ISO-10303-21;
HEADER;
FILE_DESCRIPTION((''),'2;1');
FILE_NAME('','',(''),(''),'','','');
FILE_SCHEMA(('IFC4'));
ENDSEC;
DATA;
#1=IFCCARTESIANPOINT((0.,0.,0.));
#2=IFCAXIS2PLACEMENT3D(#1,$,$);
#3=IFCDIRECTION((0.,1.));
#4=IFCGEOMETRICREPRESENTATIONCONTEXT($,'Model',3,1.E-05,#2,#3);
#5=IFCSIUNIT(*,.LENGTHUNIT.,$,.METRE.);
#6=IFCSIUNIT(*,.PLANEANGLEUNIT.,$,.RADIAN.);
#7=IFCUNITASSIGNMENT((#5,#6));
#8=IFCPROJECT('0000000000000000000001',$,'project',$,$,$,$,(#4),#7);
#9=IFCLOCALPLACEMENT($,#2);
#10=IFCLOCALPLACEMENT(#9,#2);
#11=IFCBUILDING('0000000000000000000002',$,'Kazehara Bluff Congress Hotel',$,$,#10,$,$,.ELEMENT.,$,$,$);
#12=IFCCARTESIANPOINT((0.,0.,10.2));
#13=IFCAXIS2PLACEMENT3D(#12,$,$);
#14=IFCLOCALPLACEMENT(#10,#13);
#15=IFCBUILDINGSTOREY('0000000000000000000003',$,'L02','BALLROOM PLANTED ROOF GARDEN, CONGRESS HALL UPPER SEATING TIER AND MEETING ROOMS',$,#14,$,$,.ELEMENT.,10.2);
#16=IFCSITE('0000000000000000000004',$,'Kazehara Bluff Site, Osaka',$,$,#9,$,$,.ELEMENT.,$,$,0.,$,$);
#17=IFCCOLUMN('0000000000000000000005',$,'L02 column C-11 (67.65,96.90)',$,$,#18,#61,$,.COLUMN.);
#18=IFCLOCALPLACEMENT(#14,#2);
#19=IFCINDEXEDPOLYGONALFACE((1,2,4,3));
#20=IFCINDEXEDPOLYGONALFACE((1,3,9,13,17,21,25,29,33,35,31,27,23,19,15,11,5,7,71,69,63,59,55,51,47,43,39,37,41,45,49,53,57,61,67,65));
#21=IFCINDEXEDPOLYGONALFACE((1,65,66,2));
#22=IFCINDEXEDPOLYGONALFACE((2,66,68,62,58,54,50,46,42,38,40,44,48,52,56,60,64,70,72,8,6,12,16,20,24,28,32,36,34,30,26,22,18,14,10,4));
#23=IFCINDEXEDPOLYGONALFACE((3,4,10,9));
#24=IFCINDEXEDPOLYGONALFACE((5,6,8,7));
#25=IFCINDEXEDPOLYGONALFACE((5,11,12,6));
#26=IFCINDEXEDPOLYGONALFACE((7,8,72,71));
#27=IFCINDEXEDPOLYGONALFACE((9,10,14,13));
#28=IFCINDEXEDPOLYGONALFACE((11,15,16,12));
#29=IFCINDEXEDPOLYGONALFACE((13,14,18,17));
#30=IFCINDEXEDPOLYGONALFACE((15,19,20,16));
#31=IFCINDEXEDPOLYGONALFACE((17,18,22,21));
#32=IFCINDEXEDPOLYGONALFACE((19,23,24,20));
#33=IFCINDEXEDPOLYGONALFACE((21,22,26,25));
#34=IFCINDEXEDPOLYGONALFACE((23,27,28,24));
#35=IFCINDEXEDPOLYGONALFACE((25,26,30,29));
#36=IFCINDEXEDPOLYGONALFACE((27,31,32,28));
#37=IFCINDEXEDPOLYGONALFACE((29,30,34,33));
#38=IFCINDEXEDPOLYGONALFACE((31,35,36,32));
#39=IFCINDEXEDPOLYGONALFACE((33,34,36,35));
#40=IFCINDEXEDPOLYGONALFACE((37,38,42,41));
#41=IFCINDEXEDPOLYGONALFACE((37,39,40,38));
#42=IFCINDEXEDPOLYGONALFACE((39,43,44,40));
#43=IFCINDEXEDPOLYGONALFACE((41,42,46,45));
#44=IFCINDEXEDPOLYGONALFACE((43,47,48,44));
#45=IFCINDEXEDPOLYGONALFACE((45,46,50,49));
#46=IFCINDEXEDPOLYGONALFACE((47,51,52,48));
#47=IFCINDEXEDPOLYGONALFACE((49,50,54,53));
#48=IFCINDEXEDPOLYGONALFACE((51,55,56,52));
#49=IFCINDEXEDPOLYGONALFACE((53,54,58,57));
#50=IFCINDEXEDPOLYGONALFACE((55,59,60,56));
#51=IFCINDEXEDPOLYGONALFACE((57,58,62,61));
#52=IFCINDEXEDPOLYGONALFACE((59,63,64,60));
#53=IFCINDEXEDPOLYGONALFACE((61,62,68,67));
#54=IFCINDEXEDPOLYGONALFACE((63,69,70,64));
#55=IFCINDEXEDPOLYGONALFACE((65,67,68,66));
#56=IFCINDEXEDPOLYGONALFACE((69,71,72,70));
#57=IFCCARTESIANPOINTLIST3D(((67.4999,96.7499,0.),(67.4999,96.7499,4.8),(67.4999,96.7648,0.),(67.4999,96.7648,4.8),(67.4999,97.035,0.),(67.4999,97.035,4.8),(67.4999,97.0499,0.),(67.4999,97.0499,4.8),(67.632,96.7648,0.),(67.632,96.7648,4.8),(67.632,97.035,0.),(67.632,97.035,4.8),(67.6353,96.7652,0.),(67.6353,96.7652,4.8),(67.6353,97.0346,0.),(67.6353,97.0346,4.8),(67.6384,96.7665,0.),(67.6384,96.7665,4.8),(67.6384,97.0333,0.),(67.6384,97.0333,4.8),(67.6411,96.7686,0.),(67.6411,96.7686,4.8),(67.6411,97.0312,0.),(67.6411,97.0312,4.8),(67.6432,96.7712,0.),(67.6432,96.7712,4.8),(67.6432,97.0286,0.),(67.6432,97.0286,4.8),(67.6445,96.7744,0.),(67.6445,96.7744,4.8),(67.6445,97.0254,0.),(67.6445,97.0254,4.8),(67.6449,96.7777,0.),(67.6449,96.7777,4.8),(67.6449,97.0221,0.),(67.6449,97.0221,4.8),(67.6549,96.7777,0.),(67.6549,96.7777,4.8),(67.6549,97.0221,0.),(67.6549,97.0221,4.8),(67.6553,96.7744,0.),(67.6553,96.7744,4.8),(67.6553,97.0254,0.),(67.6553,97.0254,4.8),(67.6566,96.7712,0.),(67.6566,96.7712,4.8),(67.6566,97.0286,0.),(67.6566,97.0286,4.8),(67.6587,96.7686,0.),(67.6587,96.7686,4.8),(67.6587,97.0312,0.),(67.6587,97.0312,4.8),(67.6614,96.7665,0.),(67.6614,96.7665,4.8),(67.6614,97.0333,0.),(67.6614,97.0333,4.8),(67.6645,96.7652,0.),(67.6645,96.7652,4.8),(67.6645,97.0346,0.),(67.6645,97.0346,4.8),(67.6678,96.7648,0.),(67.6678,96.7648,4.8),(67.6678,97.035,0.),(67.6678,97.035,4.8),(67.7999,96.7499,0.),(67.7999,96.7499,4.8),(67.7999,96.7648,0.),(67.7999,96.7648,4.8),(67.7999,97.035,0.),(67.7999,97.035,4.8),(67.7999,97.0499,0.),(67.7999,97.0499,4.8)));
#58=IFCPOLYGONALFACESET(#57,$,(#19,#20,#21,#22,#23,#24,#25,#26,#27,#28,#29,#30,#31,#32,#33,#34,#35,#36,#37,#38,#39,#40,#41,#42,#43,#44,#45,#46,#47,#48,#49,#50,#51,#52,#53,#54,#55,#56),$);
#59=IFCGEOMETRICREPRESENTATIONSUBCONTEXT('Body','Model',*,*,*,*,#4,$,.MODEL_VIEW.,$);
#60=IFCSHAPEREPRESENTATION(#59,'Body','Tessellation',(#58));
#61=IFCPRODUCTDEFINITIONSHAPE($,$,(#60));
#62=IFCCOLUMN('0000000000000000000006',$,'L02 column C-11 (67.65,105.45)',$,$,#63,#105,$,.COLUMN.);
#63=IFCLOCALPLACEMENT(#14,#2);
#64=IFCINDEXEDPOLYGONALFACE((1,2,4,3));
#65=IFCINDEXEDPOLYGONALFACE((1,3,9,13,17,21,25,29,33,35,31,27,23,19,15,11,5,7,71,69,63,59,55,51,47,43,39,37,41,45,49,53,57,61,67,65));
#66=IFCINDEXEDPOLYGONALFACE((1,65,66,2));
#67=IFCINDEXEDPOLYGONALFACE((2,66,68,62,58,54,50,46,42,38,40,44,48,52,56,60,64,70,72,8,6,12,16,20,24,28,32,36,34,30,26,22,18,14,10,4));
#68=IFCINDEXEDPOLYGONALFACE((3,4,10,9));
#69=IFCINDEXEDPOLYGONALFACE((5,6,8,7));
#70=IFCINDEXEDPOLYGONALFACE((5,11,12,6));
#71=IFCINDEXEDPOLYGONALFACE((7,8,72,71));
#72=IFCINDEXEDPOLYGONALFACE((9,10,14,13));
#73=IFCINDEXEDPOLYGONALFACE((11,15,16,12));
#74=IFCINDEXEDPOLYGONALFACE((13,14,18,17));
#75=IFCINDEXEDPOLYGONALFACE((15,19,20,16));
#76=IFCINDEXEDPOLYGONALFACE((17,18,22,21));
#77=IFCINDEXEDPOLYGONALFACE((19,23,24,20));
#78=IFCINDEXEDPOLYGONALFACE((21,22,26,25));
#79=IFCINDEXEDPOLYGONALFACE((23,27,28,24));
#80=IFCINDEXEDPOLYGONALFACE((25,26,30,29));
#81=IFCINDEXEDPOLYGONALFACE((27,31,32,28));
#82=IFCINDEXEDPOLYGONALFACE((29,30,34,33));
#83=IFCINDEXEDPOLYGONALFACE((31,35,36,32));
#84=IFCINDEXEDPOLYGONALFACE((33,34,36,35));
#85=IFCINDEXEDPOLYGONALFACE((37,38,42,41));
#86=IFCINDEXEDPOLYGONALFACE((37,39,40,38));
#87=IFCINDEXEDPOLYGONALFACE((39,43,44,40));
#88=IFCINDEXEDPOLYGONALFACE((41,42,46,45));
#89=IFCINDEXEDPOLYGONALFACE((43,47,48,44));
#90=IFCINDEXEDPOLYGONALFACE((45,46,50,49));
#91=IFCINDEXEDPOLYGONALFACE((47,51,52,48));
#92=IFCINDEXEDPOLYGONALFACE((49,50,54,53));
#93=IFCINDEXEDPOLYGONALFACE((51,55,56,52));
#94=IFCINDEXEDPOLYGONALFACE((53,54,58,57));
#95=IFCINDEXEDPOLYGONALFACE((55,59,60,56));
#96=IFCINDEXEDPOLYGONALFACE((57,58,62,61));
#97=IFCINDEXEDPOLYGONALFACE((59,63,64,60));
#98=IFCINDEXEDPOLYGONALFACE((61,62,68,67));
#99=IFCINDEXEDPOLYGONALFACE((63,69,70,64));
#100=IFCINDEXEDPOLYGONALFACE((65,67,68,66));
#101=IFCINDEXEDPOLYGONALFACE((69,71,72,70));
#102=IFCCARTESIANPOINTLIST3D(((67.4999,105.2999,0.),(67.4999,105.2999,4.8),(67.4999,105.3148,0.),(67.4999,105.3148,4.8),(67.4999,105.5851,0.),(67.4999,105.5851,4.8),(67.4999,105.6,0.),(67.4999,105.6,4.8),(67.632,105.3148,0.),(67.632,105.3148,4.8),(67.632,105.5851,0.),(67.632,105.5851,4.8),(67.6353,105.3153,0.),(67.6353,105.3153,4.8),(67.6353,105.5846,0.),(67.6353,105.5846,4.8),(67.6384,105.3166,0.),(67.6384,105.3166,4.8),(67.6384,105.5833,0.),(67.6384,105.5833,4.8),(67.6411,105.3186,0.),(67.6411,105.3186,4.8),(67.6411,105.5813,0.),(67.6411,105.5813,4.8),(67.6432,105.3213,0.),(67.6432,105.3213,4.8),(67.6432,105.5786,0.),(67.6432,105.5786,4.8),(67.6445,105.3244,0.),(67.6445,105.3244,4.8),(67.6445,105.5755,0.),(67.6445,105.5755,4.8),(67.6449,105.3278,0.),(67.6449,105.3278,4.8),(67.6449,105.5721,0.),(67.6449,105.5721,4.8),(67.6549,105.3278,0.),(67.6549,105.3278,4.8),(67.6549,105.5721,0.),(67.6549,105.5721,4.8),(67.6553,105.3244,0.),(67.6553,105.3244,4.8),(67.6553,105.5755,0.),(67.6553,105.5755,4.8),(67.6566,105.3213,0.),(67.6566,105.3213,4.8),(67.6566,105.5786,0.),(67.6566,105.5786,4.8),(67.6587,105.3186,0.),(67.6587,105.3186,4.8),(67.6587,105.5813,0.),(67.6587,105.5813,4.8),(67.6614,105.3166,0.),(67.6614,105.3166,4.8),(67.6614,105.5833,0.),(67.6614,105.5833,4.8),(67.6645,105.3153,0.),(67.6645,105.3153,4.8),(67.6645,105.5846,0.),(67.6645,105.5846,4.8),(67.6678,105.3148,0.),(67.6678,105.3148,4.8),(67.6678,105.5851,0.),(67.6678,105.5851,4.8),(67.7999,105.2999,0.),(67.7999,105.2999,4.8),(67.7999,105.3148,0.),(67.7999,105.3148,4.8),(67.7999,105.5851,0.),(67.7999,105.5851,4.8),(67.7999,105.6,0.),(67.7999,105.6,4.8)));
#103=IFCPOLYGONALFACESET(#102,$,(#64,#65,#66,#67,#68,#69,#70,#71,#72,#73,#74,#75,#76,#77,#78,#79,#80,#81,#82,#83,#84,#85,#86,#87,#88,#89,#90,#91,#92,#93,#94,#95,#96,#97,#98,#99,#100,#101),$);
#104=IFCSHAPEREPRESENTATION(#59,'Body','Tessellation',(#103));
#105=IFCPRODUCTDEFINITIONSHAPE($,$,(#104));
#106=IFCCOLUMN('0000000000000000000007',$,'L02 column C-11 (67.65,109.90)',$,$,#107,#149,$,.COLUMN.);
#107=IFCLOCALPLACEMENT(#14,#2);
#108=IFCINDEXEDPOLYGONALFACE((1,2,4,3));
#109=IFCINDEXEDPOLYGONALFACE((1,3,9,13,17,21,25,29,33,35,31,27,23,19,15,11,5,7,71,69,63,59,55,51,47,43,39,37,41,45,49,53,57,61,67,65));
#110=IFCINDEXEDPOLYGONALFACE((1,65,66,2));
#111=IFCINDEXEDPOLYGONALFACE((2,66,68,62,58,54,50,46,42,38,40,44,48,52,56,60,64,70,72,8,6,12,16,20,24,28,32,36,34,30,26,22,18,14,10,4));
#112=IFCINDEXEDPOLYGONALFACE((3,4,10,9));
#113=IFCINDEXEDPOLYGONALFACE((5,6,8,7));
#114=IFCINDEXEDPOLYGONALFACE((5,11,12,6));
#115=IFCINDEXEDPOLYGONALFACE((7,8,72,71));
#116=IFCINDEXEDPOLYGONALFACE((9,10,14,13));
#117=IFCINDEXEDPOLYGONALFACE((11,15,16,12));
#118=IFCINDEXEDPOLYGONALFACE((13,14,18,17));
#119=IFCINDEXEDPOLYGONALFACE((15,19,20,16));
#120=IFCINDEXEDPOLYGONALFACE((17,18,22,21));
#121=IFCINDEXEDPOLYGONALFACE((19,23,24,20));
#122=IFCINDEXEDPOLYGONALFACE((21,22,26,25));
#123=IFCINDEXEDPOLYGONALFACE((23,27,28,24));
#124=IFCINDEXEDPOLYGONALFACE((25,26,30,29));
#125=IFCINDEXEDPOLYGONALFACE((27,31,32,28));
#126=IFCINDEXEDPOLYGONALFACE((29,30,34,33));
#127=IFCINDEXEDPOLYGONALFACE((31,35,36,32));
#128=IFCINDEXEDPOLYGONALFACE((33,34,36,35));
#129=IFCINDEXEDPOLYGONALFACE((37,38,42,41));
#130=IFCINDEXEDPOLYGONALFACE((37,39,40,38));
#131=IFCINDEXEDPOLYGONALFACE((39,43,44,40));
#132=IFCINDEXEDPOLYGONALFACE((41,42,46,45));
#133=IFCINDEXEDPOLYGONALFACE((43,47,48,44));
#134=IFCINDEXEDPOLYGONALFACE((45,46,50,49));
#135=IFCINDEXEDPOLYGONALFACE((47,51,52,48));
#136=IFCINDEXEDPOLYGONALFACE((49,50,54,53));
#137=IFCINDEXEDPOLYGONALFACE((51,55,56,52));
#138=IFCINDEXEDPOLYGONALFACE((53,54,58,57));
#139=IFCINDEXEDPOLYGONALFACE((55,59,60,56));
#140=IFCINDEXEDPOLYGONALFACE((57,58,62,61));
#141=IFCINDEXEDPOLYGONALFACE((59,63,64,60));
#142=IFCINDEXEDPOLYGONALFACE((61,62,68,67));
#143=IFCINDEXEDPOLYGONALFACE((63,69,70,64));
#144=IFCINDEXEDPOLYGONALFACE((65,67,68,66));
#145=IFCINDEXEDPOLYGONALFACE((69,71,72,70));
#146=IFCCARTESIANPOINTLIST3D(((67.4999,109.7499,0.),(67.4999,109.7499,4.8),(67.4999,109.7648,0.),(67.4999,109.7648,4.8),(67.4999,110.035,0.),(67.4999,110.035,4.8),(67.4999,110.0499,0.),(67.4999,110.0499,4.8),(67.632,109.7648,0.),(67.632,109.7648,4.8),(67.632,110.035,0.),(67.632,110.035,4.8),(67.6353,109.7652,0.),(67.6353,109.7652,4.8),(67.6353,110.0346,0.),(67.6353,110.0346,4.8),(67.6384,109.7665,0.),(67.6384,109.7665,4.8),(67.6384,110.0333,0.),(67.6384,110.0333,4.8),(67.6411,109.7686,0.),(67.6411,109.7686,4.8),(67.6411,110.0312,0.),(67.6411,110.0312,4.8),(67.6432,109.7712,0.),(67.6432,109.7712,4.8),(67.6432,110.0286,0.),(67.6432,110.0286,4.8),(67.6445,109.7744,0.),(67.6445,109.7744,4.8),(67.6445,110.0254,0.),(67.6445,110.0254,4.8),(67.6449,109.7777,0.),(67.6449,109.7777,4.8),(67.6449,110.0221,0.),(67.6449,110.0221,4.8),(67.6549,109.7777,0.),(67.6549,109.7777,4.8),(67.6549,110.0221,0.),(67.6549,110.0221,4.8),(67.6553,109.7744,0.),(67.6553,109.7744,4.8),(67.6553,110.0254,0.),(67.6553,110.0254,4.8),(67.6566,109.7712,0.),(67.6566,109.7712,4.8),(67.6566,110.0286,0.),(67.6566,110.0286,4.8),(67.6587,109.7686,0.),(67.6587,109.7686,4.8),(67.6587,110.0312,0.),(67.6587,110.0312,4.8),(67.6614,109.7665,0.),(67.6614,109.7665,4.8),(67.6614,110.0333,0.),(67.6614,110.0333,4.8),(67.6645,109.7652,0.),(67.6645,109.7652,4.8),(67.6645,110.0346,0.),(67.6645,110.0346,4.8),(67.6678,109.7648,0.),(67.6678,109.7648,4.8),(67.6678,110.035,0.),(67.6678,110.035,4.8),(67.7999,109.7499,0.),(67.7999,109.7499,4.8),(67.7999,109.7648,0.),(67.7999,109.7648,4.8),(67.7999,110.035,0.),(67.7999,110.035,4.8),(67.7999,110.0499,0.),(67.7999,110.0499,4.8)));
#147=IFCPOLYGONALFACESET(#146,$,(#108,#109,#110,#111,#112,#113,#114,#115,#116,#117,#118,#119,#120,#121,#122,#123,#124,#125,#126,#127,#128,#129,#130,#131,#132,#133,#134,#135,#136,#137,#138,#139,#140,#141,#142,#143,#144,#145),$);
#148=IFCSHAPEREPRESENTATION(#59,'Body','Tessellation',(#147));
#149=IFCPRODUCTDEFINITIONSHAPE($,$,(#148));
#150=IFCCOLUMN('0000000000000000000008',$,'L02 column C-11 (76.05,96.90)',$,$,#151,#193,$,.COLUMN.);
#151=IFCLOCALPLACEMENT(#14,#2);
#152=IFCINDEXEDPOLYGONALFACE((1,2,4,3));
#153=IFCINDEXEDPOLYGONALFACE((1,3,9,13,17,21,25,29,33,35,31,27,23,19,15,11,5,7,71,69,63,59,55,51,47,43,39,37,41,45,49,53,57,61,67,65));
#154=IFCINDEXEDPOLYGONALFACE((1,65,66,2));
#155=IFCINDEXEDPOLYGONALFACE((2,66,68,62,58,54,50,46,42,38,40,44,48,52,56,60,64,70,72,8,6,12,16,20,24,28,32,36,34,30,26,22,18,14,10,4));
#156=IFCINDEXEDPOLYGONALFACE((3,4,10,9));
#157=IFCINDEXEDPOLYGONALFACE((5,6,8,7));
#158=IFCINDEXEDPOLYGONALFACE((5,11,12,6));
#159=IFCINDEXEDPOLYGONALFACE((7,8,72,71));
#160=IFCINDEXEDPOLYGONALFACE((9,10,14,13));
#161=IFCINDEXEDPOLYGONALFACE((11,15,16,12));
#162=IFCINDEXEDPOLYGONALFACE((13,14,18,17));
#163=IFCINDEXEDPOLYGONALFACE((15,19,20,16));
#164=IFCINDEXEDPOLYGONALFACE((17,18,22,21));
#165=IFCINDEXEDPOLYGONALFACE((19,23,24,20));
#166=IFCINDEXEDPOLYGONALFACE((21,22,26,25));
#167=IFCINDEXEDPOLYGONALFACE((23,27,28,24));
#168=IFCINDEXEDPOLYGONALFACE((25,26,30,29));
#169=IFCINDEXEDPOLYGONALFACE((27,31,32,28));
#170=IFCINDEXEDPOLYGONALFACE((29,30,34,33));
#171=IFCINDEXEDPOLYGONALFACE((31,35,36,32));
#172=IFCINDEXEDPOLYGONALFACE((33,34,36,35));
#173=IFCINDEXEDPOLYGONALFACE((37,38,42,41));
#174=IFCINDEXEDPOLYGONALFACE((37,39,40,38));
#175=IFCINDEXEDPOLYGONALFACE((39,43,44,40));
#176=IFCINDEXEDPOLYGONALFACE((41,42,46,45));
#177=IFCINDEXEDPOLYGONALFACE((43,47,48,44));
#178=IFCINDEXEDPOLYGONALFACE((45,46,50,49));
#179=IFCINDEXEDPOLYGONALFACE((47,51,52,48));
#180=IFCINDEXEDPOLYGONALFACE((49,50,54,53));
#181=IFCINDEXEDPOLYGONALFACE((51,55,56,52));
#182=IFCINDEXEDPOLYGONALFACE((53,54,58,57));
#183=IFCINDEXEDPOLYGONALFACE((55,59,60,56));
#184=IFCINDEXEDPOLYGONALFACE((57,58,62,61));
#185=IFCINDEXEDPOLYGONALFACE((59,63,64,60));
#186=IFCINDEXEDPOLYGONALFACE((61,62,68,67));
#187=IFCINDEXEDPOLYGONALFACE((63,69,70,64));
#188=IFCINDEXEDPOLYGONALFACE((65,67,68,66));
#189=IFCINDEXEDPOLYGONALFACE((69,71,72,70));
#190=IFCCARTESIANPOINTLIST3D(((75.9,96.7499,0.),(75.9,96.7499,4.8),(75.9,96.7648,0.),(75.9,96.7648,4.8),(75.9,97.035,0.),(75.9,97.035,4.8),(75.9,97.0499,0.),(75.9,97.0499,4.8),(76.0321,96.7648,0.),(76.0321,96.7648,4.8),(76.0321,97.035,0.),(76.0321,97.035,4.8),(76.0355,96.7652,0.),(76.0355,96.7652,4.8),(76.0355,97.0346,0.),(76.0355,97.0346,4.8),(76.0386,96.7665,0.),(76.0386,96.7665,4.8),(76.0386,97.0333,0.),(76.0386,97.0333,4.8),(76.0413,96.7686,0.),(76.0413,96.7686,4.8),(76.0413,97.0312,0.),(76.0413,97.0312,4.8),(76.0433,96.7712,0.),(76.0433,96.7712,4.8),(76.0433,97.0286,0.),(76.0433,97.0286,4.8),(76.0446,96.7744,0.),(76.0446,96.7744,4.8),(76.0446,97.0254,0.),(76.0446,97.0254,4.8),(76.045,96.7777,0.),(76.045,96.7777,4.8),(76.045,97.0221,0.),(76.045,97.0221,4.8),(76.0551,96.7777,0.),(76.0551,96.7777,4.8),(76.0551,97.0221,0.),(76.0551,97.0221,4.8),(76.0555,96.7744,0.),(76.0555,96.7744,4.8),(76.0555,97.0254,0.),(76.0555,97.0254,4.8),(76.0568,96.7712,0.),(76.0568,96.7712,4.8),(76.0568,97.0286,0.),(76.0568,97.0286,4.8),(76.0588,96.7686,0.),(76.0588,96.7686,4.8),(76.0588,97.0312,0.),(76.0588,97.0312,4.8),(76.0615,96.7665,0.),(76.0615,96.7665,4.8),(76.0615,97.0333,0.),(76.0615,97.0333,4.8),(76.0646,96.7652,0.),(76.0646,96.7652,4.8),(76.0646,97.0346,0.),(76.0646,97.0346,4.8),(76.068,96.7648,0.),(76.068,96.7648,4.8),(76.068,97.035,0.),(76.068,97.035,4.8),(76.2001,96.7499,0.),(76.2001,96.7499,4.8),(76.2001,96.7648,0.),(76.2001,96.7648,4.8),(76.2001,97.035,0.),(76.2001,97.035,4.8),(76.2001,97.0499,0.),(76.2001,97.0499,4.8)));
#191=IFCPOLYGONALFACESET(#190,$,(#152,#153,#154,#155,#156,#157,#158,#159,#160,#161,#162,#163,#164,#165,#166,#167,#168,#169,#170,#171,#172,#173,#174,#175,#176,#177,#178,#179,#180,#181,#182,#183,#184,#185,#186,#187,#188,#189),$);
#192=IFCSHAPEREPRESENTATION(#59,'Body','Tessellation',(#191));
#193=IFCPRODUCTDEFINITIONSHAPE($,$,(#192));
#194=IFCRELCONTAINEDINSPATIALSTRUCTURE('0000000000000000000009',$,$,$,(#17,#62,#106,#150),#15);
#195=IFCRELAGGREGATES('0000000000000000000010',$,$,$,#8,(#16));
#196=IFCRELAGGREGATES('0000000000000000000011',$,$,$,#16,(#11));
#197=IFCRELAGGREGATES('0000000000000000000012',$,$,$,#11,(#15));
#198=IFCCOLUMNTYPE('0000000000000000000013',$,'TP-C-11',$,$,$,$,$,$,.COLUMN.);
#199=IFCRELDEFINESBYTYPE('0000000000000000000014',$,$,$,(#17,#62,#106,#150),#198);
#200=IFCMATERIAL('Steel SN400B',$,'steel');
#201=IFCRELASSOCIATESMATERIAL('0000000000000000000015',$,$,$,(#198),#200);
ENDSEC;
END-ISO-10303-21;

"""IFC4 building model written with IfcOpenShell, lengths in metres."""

from ifc_helpers import new_model, si_unit, direction, frame, origin, origin_2d, place, context, subcontext, project, spatial, i_section, extrude, material, material_profile, profile_set, type_object, element, save


model = new_model("IFC4")

# Units and contexts
model_context = context("Model", 3, precision=1e-05, world=origin(), true_north=direction((0.0, 1.0)))
body_context = subcontext(model_context, "Body", "Model", "MODEL_VIEW")
ifc_project = project(units=[si_unit("LENGTHUNIT", "METRE"), si_unit("PLANEANGLEUNIT", "RADIAN")], contexts=[model_context])

# Site, building, storey
site_placement = place(None, origin())
site = spatial("IfcSite", under=ifc_project, at=site_placement, Name="Kazehara Bluff Site, Osaka", CompositionType="ELEMENT", RefElevation=0.0)
building_placement = place(site_placement, origin())
building = spatial("IfcBuilding", under=site, at=building_placement, Name="Kazehara Bluff Congress Hotel", CompositionType="ELEMENT")
storey_placement = place(building_placement, frame((0.0, 0.0, 10.2)))
storey = spatial("IfcBuildingStorey", under=building, at=storey_placement, Name="L02", Description="BALLROOM PLANTED ROOF GARDEN, CONGRESS HALL UPPER SEATING TIER AND MEETING ROOMS", CompositionType="ELEMENT", Elevation=10.2)

# Columns
ifc_material_1 = material(Name="Steel SN400B", Category="steel")
ifc_material_profile_1 = material_profile(ifc_material_1, i_section(OverallWidth=0.3, OverallDepth=0.3, WebThickness=0.01, FlangeThickness=0.0149, FilletRadius=0.0129, at=origin_2d()))
ifc_profile_set_1 = profile_set([ifc_material_profile_1], Name="Steel SN400B")
column_type = type_object("IfcColumnType", Name="TP-C-11", PredefinedType="COLUMN", material=ifc_profile_set_1)
for number, where, z_axis, x_axis, name in (
    (1, (67.6499, 96.8999, 0.0), (0.0, 0.0, 1.0), (1.0, 0.0, 0.0), "L02 column C-11 (67.65,96.90)"),
    (2, (67.6499, 105.45, 0.0), (0.0, 0.0, 1.0), (1.0, 0.0, 0.0), "L02 column C-11 (67.65,105.45)"),
    (3, (67.6499, 109.8999, 0.0), (0.0, 0.0, 1.0), (1.0, 0.0, 0.0), "L02 column C-11 (67.65,109.90)"),
    (4, (76.05, 96.8999, 0.0), (0.0, 0.0, 1.0), (1.0, 0.0, 0.0), "L02 column C-11 (76.05,96.90)"),
):
    element("IfcColumn", number, at=place(storey_placement, frame(where, z_axis=z_axis, x_axis=x_axis)), inside=storey, type_object=column_type, Name=name, PredefinedType="COLUMN", context=body_context, shape_type="SweptSolid", body=[
        extrude(i_section(OverallWidth=0.3, OverallDepth=0.3, WebThickness=0.01, FlangeThickness=0.0149, FilletRadius=0.0129, at=origin_2d()), origin(), (0.0, 0.0, 1.0), 4.8),
    ])

save(model, "model.ifc")
